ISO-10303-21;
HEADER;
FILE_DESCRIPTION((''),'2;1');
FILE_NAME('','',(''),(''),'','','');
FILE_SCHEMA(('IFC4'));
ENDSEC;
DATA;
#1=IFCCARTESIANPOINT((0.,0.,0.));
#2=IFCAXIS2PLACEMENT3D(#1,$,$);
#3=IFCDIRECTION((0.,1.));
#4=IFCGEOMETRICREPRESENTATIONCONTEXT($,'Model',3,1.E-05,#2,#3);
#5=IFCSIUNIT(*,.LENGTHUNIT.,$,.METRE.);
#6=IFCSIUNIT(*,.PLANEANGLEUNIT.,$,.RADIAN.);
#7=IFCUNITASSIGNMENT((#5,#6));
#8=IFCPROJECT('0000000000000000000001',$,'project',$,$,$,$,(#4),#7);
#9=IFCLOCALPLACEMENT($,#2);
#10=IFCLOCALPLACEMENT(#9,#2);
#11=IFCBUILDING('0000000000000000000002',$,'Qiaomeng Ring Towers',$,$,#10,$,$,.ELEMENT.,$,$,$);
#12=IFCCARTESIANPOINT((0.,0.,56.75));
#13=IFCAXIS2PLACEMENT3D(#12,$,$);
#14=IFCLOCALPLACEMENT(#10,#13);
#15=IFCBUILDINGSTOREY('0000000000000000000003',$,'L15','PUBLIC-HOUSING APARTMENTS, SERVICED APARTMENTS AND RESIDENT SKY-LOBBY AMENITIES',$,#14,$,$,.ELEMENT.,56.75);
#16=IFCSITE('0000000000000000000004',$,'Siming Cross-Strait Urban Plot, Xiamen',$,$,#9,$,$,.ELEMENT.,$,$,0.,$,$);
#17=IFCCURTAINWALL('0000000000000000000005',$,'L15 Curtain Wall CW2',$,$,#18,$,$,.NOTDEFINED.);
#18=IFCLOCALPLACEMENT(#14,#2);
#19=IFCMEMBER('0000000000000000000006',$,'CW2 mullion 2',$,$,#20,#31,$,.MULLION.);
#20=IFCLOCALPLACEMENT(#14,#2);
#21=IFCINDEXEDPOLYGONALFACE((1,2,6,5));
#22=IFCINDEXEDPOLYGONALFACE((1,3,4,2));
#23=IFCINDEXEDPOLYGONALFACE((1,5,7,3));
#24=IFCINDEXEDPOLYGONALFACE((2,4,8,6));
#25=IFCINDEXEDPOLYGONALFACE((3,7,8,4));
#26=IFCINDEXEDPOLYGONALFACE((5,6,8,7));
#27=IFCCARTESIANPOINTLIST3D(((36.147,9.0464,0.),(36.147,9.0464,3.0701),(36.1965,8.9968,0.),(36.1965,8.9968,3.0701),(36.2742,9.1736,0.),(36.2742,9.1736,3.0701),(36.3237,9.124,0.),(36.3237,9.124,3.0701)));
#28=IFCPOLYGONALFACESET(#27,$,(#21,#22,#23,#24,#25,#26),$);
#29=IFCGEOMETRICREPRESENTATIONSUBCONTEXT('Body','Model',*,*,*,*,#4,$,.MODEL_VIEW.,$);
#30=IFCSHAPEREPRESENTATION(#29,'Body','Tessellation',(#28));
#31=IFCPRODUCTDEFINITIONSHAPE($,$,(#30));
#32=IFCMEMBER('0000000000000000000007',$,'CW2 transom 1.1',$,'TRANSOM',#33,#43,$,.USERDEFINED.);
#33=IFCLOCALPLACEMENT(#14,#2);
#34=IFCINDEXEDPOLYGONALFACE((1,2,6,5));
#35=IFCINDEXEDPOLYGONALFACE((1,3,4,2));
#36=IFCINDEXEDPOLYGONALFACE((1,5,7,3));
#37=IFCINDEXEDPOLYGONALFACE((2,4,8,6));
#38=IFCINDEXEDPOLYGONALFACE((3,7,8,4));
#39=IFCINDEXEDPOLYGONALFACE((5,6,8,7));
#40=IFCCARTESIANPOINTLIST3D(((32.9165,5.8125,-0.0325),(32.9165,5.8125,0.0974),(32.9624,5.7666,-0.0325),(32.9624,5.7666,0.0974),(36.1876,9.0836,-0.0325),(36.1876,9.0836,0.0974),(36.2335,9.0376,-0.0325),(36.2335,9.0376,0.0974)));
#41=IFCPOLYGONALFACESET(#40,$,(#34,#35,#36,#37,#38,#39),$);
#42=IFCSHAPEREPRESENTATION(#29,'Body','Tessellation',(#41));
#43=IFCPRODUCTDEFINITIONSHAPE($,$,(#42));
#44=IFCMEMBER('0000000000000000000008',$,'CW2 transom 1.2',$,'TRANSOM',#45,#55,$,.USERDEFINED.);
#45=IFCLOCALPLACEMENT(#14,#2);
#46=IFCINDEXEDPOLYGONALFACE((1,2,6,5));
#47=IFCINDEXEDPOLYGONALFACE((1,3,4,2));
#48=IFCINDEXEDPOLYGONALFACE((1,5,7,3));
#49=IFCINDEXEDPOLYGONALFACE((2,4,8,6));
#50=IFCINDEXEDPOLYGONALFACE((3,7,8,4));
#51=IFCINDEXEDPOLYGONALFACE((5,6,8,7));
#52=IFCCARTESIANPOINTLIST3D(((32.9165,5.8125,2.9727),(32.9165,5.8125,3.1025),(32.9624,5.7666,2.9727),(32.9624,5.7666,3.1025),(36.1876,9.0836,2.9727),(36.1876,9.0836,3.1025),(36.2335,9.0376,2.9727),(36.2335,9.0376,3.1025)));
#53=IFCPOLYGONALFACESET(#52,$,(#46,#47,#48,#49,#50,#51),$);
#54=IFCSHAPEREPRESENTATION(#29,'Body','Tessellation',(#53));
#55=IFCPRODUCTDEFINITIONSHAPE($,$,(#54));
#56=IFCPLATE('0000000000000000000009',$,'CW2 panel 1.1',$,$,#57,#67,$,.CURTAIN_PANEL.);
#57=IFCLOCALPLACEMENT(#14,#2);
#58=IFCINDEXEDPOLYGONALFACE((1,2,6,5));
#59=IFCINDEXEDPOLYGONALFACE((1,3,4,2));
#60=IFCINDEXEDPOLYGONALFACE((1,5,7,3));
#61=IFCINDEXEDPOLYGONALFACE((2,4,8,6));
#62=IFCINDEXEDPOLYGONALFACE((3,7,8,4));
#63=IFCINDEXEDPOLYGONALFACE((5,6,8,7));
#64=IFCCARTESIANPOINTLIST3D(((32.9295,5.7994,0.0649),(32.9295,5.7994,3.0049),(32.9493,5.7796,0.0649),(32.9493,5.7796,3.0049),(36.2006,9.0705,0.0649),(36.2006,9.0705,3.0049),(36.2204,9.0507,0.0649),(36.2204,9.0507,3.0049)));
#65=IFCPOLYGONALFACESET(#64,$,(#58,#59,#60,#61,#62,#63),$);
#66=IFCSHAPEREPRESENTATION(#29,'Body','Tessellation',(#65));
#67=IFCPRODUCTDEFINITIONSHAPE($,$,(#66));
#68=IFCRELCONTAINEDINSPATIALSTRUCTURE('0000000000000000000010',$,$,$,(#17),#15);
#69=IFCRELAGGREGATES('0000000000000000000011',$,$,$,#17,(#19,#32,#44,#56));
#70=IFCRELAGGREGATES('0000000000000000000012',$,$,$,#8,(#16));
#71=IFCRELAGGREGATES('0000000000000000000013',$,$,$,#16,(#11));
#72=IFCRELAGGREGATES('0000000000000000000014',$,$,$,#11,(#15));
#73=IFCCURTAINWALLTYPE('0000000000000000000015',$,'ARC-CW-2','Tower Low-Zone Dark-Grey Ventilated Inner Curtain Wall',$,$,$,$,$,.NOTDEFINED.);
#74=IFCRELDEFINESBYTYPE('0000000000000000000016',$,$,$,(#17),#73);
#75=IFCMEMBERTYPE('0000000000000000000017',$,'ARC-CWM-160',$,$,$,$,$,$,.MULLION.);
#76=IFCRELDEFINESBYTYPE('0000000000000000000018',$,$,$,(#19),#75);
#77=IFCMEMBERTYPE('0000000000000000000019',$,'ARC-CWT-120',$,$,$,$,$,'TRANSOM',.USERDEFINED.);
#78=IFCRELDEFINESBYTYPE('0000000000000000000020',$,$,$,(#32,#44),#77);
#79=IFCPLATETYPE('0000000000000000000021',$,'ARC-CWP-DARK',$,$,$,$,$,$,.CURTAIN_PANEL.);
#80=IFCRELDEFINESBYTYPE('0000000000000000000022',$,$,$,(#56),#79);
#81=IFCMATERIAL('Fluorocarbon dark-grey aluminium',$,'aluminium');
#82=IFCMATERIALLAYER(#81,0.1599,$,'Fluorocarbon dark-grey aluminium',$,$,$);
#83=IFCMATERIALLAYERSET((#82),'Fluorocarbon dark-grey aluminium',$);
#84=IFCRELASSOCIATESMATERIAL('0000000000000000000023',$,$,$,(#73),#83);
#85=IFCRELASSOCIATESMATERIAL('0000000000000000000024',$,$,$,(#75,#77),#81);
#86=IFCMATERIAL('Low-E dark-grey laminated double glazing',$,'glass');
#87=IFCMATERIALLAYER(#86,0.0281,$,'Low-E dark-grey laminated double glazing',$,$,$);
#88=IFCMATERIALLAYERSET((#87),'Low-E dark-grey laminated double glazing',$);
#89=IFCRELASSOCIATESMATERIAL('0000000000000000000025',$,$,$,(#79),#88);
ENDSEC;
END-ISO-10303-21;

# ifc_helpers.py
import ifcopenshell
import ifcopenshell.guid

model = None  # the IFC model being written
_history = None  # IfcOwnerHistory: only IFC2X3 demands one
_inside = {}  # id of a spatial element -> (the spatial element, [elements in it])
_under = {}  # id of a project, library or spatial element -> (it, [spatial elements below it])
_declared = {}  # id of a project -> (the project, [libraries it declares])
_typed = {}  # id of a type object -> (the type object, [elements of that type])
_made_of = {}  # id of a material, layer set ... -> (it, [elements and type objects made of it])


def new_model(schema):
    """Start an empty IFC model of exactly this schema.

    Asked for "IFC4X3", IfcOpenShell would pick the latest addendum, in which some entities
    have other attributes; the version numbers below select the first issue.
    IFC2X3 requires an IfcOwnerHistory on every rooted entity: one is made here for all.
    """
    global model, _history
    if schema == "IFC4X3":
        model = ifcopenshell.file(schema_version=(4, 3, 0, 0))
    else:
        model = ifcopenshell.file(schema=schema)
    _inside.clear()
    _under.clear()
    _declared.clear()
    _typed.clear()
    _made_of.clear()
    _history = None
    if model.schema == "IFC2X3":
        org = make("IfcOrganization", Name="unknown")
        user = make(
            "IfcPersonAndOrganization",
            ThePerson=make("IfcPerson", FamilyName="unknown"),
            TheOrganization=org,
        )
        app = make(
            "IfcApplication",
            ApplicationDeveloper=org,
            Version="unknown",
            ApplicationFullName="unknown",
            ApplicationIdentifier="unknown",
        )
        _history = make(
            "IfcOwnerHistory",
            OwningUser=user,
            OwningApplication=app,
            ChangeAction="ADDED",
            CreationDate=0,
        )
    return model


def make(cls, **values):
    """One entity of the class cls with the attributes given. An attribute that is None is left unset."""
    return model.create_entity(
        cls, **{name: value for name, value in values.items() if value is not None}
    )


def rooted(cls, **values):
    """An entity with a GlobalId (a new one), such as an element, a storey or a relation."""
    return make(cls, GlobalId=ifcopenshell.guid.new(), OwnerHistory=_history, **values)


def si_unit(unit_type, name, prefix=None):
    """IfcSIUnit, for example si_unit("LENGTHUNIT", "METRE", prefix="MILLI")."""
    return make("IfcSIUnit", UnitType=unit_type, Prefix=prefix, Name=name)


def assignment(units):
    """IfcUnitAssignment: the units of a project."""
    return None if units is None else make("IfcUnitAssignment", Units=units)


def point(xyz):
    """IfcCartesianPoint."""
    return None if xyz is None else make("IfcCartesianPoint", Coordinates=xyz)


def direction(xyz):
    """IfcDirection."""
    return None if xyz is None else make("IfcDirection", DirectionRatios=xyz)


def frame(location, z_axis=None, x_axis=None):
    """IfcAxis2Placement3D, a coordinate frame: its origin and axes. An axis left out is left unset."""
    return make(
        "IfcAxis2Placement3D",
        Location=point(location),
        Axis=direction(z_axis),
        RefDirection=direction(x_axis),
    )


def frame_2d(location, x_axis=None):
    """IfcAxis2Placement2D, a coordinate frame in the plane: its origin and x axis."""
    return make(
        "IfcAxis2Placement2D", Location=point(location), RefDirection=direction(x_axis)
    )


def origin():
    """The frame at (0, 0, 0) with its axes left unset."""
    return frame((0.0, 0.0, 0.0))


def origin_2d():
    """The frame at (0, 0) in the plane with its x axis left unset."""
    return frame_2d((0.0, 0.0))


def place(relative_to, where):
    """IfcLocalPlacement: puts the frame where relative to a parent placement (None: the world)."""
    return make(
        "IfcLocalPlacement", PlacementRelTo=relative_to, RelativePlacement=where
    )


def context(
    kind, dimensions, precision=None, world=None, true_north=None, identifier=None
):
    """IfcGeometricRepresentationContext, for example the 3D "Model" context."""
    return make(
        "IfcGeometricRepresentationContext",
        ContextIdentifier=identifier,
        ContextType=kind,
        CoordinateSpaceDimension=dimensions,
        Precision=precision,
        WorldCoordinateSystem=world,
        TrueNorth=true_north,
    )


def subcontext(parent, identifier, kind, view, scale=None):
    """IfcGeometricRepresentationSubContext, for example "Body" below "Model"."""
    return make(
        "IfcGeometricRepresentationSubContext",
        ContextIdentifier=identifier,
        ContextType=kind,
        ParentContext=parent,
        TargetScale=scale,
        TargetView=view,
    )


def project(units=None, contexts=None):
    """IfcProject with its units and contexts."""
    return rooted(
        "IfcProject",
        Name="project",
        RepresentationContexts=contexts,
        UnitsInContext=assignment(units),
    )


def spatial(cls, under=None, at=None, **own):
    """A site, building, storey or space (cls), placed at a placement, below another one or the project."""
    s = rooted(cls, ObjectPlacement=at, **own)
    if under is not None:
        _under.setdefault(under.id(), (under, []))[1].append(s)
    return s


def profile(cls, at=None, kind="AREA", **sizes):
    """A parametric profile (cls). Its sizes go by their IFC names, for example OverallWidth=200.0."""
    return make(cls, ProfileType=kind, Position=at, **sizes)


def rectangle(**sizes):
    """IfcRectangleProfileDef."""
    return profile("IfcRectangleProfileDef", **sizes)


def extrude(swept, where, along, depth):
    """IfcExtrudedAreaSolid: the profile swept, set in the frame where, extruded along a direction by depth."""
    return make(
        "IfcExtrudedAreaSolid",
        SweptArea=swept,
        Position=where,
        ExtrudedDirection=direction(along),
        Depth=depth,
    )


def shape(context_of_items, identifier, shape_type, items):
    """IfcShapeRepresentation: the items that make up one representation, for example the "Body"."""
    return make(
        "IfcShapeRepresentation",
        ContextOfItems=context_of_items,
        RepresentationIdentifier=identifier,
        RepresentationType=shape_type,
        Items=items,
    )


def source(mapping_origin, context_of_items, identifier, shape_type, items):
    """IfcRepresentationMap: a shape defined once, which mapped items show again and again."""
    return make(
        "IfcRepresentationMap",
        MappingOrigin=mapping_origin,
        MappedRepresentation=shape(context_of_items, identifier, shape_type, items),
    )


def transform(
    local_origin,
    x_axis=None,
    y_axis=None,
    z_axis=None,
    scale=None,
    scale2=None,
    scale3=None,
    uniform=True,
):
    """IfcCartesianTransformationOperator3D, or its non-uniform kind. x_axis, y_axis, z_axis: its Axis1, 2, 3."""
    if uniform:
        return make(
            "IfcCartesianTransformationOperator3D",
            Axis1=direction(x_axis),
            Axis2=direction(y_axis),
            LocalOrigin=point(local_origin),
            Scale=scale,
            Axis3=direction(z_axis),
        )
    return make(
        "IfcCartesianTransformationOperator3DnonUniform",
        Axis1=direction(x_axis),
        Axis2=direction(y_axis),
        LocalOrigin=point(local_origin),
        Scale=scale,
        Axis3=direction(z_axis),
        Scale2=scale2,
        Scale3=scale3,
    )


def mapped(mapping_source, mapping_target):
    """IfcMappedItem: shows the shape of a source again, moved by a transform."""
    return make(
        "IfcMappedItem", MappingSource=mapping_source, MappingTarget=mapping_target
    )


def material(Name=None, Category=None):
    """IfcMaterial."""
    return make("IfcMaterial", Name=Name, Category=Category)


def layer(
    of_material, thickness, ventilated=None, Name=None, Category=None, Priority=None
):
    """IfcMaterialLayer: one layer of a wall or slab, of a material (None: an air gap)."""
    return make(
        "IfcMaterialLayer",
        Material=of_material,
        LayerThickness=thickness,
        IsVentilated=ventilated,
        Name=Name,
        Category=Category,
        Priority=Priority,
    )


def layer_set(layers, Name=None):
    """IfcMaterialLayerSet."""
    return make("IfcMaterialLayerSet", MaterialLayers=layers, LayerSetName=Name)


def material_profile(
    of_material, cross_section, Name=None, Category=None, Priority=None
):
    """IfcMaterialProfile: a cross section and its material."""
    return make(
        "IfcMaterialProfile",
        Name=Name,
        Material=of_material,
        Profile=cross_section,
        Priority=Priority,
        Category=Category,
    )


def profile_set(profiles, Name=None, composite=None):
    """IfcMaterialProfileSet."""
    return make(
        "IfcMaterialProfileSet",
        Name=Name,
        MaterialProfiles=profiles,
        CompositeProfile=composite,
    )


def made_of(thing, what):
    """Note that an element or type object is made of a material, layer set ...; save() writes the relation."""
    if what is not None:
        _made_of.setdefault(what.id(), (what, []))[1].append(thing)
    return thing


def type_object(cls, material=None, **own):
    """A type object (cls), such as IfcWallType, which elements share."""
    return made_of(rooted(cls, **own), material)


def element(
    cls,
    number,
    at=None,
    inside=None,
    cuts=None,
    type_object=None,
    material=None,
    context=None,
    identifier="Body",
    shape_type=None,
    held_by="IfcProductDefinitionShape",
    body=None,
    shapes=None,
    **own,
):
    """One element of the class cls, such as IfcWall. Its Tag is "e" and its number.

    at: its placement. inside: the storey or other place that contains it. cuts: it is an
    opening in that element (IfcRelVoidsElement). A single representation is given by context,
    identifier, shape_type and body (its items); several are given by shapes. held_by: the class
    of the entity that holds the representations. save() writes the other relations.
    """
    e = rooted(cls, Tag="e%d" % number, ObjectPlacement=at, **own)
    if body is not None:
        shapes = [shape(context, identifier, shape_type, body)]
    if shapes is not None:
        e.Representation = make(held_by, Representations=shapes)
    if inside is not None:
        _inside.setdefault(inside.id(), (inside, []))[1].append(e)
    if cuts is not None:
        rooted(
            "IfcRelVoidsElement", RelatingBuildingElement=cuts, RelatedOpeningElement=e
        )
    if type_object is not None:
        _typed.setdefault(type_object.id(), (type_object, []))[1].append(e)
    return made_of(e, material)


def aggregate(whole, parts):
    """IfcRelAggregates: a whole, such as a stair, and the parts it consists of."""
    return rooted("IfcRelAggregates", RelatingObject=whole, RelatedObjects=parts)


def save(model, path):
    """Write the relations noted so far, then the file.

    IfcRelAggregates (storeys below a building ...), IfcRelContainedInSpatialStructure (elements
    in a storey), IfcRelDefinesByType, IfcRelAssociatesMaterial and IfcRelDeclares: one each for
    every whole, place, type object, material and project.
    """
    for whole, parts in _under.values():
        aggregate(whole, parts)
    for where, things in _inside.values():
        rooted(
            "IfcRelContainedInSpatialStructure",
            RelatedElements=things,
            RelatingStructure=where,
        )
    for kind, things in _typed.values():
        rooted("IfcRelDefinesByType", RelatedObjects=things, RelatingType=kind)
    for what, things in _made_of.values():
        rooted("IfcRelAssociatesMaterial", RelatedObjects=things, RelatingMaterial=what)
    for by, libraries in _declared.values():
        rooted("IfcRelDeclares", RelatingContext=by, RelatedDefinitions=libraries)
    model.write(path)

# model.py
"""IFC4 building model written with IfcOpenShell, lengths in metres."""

from ifc_helpers import new_model, si_unit, direction, frame, origin, origin_2d, place, context, subcontext, project, spatial, rectangle, extrude, source, transform, mapped, material, layer, layer_set, material_profile, profile_set, type_object, element, aggregate, save


model = new_model("IFC4")

# Units and contexts
model_context = context("Model", 3, precision=1e-05, world=origin(), true_north=direction((0.0, 1.0)))
body_context = subcontext(model_context, "Body", "Model", "MODEL_VIEW")
ifc_project = project(units=[si_unit("LENGTHUNIT", "METRE"), si_unit("PLANEANGLEUNIT", "RADIAN")], contexts=[model_context])

# Site, building, storey
site_placement = place(None, origin())
site = spatial("IfcSite", under=ifc_project, at=site_placement, Name="Siming Cross-Strait Urban Plot, Xiamen", CompositionType="ELEMENT", RefElevation=0.0)
building_placement = place(site_placement, origin())
building = spatial("IfcBuilding", under=site, at=building_placement, Name="Qiaomeng Ring Towers", CompositionType="ELEMENT")
storey_placement = place(building_placement, frame((0.0, 0.0, 56.75)))
storey = spatial("IfcBuildingStorey", under=building, at=storey_placement, Name="L15", Description="PUBLIC-HOUSING APARTMENTS, SERVICED APARTMENTS AND RESIDENT SKY-LOBBY AMENITIES", CompositionType="ELEMENT", Elevation=56.75)

# Curtain wall, members, plate
ifc_material_1 = material(Name="Fluorocarbon dark-grey aluminium", Category="aluminium")
ifc_layer_1 = layer(ifc_material_1, 0.1599, Name="Fluorocarbon dark-grey aluminium")
ifc_layer_set_1 = layer_set([ifc_layer_1], Name="Fluorocarbon dark-grey aluminium")
curtain_wall_type = type_object("IfcCurtainWallType", Name="ARC-CW-2", Description="Tower Low-Zone Dark-Grey Ventilated Inner Curtain Wall", PredefinedType="NOTDEFINED", material=ifc_layer_set_1)
curtain_wall_placement = place(storey_placement, origin())
curtain_wall = element("IfcCurtainWall", 1, at=curtain_wall_placement, inside=storey, type_object=curtain_wall_type, Name="L15 Curtain Wall CW2", PredefinedType="NOTDEFINED")
ifc_material_profile_1 = material_profile(ifc_material_1, rectangle(XDim=0.0701, YDim=0.1799, at=origin_2d()), Name="ALU MULL 70x180")
ifc_profile_set_1 = profile_set([ifc_material_profile_1], Name="Fluorocarbon dark-grey aluminium")
member_type_1 = type_object("IfcMemberType", Name="ARC-CWM-160", PredefinedType="MULLION", material=ifc_profile_set_1)
shared_shape_1 = source(origin(), body_context, "Body", "SweptSolid", [
    extrude(rectangle(XDim=0.0701, YDim=0.1799, at=origin_2d()), origin(), (0.0, 0.0, 1.0), 3.0701),
])
member_1_placement = place(storey_placement, frame((36.2354, 9.0852, 0.0), z_axis=(0.0, 0.0, 1.0), x_axis=(-0.707107, 0.707107, 0.0)))
member_1 = element("IfcMember", 2, at=member_1_placement, type_object=member_type_1, Name="CW2 mullion 2", PredefinedType="MULLION", context=body_context, shape_type="MappedRepresentation", body=[
    mapped(shared_shape_1, transform((0.0, 0.0, 0.0), x_axis=(1.0, 0.0, 0.0), y_axis=(0.0, 1.0, 0.0), z_axis=(0.0, 0.0, 1.0), scale=1.0)),
])
ifc_material_profile_2 = material_profile(ifc_material_1, rectangle(XDim=0.0649, YDim=0.1299, at=origin_2d()), Name="ALU TRAN 65x130")
ifc_profile_set_2 = profile_set([ifc_material_profile_2], Name="Fluorocarbon dark-grey aluminium")
member_type_2 = type_object("IfcMemberType", Name="ARC-CWT-120", ElementType="TRANSOM", PredefinedType="USERDEFINED", material=ifc_profile_set_2)
shared_shape_2 = source(origin(), body_context, "Body", "SweptSolid", [
    extrude(rectangle(XDim=0.0649, YDim=0.1299, at=origin_2d()), origin(), (0.0, 0.0, 1.0), 4.626),
])
member_2_placement = place(storey_placement, frame((32.9395, 5.7896, 0.0325), z_axis=(0.707107, 0.707107, 0.0), x_axis=(-0.707107, 0.707107, 0.0)))
member_2 = element("IfcMember", 3, at=member_2_placement, type_object=member_type_2, Name="CW2 transom 1.1", ObjectType="TRANSOM", PredefinedType="USERDEFINED", context=body_context, shape_type="MappedRepresentation", body=[
    mapped(shared_shape_2, transform((0.0, 0.0, 0.0), x_axis=(1.0, 0.0, 0.0), y_axis=(0.0, 1.0, 0.0), z_axis=(0.0, 0.0, 1.0), scale=1.0)),
])
member_3_placement = place(storey_placement, frame((32.9395, 5.7896, 3.0376), z_axis=(0.707107, 0.707107, 0.0), x_axis=(-0.707107, 0.707107, 0.0)))
member_3 = element("IfcMember", 4, at=member_3_placement, type_object=member_type_2, Name="CW2 transom 1.2", ObjectType="TRANSOM", PredefinedType="USERDEFINED", context=body_context, shape_type="MappedRepresentation", body=[
    mapped(shared_shape_2, transform((0.0, 0.0, 0.0), x_axis=(1.0, 0.0, 0.0), y_axis=(0.0, 1.0, 0.0), z_axis=(0.0, 0.0, 1.0), scale=1.0)),
])
ifc_material_2 = material(Name="Low-E dark-grey laminated double glazing", Category="glass")
ifc_layer_2 = layer(ifc_material_2, 0.0281, Name="Low-E dark-grey laminated double glazing")
ifc_layer_set_2 = layer_set([ifc_layer_2], Name="Low-E dark-grey laminated double glazing")
plate_type = type_object("IfcPlateType", Name="ARC-CWP-DARK", PredefinedType="CURTAIN_PANEL", material=ifc_layer_set_2)
shared_shape_3 = source(origin(), body_context, "Body", "SweptSolid", [
    extrude(rectangle(XDim=4.626, YDim=0.0281, at=origin_2d()), origin(), (0.0, 0.0, 1.0), 2.9399),
])
plate_placement = place(storey_placement, frame((34.575, 7.425, 0.0649), z_axis=(0.0, 0.0, 1.0), x_axis=(0.707107, 0.707107, 0.0)))
plate = element("IfcPlate", 5, at=plate_placement, type_object=plate_type, Name="CW2 panel 1.1", PredefinedType="CURTAIN_PANEL", context=body_context, shape_type="MappedRepresentation", body=[
    mapped(shared_shape_3, transform((0.0, 0.0, 0.0), x_axis=(1.0, 0.0, 0.0), y_axis=(0.0, 1.0, 0.0), z_axis=(0.0, 0.0, 1.0), scale=1.0)),
])
aggregate(curtain_wall, [member_1, member_2, member_3, plate])

save(model, "model.ifc")
